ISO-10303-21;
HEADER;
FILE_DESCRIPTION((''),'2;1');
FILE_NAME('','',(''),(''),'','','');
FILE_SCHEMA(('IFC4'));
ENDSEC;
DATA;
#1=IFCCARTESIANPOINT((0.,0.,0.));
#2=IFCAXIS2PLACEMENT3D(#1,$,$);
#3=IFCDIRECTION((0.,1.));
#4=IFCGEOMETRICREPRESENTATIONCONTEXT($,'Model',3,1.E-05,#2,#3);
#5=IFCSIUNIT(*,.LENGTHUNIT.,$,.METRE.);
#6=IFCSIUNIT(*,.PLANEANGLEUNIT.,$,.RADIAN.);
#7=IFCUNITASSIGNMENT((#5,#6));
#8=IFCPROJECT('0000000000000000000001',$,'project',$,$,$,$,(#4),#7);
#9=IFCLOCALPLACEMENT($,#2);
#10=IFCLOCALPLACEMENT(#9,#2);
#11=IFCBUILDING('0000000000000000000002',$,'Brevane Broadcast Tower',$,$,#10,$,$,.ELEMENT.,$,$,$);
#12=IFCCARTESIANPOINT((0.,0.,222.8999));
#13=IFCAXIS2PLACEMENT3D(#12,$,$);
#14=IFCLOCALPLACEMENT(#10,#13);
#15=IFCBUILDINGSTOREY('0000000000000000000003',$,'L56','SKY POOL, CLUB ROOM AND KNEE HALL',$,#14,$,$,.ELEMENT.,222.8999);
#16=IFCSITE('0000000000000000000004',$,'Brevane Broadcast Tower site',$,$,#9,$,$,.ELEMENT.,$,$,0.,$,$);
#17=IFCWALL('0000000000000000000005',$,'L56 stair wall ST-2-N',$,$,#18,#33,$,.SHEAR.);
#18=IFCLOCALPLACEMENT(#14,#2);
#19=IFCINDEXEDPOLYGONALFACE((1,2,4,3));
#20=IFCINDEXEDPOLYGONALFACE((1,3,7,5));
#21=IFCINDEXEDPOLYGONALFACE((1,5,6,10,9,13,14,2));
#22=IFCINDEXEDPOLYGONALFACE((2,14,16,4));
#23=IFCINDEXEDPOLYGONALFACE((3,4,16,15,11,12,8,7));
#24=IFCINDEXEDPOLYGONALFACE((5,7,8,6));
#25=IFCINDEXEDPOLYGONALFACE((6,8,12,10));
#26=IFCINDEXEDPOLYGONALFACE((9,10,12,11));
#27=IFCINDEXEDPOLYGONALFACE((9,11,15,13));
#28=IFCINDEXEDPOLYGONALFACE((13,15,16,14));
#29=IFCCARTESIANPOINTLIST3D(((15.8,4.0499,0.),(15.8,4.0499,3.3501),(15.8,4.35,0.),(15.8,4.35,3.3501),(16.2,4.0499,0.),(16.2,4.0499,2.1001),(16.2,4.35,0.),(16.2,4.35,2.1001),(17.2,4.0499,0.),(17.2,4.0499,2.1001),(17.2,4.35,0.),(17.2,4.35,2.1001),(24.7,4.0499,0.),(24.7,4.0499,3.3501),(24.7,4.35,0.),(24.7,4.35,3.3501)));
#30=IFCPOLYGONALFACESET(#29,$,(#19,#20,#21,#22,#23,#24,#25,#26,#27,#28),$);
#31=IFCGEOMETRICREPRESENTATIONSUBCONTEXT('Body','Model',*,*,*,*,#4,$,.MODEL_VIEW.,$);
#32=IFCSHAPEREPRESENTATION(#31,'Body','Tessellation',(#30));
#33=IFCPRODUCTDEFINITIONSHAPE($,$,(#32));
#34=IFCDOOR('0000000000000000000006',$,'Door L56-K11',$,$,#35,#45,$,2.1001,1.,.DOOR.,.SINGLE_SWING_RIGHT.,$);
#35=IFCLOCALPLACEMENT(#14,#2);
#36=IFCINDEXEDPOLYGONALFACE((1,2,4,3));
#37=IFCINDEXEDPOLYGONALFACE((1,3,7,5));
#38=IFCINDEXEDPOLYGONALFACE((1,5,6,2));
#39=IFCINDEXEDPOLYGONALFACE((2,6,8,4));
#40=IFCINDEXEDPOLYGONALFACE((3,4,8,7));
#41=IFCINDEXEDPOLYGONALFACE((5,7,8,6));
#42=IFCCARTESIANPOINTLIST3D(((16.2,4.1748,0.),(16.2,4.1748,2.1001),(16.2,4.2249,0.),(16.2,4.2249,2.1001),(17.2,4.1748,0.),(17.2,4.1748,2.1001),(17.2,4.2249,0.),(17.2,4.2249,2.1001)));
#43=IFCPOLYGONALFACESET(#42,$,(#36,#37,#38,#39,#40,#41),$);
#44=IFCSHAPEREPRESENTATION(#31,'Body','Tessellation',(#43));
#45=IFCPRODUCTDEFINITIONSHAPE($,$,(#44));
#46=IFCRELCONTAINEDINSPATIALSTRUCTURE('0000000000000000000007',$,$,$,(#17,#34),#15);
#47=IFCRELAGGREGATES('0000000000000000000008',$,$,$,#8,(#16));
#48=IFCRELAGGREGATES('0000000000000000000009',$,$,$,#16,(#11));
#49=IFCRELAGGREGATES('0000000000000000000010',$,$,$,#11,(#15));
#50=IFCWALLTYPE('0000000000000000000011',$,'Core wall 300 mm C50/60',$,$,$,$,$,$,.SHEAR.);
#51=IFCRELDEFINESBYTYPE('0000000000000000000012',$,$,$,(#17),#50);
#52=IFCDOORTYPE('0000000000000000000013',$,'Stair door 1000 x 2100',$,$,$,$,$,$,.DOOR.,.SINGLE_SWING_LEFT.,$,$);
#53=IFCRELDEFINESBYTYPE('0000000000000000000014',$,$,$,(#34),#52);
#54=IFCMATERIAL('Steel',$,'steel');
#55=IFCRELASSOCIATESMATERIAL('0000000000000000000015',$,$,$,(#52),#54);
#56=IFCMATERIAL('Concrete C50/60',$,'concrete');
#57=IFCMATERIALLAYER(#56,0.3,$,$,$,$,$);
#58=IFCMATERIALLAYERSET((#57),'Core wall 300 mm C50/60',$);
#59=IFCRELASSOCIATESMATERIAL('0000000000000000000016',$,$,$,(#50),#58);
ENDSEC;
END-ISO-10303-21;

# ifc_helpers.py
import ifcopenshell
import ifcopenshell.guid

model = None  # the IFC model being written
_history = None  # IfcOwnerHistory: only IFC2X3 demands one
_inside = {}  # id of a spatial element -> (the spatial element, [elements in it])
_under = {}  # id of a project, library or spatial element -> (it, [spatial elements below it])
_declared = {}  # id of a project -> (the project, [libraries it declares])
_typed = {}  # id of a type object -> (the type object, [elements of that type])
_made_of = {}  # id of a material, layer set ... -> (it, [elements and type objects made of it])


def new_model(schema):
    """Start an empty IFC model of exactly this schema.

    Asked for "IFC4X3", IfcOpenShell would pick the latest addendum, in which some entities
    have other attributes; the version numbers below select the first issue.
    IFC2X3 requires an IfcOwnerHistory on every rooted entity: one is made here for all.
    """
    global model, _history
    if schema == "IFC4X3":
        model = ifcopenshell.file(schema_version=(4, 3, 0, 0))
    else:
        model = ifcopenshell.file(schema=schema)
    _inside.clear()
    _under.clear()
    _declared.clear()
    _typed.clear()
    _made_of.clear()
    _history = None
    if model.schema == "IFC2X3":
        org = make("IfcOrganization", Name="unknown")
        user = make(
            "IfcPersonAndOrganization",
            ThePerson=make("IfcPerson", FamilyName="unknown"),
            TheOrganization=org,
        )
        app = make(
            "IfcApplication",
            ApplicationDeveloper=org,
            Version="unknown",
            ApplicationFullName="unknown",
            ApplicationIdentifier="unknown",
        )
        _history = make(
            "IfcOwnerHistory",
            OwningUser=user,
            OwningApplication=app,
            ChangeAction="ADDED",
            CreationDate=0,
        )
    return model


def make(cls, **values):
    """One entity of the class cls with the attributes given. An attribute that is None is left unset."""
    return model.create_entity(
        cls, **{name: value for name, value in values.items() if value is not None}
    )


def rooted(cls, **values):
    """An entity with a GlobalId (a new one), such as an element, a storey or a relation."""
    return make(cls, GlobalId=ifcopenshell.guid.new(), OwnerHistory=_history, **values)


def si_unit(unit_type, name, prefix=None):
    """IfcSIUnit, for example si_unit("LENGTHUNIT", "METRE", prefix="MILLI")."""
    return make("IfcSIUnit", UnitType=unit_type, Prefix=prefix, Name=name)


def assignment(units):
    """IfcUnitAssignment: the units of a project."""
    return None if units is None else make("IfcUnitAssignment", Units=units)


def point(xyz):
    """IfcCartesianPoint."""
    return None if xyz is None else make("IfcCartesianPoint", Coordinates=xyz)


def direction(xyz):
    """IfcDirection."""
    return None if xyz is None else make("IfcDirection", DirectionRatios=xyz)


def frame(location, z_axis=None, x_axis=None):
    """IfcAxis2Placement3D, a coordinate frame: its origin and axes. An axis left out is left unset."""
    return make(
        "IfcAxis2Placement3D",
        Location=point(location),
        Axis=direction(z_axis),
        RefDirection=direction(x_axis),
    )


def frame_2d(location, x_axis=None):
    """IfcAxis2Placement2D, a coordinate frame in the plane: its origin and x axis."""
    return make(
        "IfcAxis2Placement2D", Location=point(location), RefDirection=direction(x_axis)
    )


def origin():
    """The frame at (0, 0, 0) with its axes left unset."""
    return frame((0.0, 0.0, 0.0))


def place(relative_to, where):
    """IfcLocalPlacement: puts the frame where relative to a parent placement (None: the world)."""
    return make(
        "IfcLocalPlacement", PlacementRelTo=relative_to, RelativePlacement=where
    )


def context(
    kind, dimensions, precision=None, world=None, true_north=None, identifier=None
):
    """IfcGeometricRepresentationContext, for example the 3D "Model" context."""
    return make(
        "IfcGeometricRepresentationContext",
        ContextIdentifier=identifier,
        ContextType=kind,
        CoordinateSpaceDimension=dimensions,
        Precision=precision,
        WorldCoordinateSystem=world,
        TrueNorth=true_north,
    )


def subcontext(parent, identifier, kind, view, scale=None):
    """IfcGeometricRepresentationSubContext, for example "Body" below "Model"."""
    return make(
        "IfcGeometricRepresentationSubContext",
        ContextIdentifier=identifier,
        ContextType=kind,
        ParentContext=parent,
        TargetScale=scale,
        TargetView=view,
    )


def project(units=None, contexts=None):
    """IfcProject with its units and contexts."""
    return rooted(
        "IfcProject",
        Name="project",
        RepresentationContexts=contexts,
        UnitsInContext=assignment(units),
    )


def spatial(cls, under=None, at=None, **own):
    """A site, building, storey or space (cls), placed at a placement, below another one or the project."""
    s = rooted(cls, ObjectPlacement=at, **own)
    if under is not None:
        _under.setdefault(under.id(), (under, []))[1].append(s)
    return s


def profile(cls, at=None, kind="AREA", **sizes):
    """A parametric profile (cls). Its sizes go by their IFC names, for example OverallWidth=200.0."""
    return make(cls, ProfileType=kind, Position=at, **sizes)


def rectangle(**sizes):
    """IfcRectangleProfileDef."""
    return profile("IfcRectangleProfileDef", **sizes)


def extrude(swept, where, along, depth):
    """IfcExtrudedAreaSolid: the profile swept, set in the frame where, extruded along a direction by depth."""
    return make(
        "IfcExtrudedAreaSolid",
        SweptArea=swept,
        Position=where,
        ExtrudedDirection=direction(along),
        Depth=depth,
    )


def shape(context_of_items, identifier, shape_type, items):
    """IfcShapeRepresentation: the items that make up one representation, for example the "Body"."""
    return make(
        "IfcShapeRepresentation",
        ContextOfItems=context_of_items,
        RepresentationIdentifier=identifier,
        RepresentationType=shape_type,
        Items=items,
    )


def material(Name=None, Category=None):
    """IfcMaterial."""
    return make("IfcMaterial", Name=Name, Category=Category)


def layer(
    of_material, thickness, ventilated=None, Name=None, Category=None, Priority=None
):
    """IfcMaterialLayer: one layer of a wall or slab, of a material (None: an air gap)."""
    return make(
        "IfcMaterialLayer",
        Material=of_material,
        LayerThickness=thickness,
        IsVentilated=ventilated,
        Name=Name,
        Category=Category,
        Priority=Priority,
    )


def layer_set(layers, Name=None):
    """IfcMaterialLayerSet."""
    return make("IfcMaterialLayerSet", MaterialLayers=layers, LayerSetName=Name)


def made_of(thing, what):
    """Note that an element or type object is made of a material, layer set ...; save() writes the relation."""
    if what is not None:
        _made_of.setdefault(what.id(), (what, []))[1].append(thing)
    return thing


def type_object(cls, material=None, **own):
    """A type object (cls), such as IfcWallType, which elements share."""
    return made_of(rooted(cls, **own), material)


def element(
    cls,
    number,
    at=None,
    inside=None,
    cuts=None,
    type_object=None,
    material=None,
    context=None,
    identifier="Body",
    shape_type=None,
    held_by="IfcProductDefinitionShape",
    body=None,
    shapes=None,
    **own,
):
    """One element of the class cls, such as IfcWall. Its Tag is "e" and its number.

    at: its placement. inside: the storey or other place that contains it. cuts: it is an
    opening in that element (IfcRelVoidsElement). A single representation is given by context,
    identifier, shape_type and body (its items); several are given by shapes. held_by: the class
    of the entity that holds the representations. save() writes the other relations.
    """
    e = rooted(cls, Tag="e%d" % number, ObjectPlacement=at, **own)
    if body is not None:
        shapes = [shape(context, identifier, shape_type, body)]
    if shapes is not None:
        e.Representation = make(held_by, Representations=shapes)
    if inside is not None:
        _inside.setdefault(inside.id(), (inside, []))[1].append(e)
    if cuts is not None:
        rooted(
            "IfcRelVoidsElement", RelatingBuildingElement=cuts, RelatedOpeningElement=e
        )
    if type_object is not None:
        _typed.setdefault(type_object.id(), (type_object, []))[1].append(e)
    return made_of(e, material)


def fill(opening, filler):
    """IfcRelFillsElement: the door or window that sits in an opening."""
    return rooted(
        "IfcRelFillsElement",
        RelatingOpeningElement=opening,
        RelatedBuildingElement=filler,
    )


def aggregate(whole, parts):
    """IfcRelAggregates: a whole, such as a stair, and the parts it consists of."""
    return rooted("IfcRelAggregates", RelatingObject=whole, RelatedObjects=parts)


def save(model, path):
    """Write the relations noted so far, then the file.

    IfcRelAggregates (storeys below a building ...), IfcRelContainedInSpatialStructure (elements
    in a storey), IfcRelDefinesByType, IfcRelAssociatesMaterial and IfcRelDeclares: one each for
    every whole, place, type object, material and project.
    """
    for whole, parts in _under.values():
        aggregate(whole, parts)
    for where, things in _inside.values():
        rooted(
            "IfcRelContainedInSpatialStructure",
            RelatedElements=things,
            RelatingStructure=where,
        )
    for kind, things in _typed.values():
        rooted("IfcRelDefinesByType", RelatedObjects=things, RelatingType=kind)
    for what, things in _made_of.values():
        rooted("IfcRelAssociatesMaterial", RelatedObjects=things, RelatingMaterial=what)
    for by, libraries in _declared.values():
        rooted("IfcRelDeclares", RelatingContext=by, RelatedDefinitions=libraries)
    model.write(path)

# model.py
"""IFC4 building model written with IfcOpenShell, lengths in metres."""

from ifc_helpers import new_model, si_unit, direction, frame, frame_2d, origin, place, context, subcontext, project, spatial, rectangle, extrude, material, layer, layer_set, type_object, element, fill, save


model = new_model("IFC4")

# Units and contexts
model_context = context("Model", 3, precision=1e-05, world=origin(), true_north=direction((0.0, 1.0)))
body_context = subcontext(model_context, "Body", "Model", "MODEL_VIEW")
ifc_project = project(units=[si_unit("LENGTHUNIT", "METRE"), si_unit("PLANEANGLEUNIT", "RADIAN")], contexts=[model_context])

# Site, building, storey
site_placement = place(None, origin())
site = spatial("IfcSite", under=ifc_project, at=site_placement, Name="Brevane Broadcast Tower site", CompositionType="ELEMENT", RefElevation=0.0)
building_placement = place(site_placement, origin())
building = spatial("IfcBuilding", under=site, at=building_placement, Name="Brevane Broadcast Tower", CompositionType="ELEMENT")
storey_placement = place(building_placement, frame((0.0, 0.0, 222.8999)))
storey = spatial("IfcBuildingStorey", under=building, at=storey_placement, Name="L56", Description="SKY POOL, CLUB ROOM AND KNEE HALL", CompositionType="ELEMENT", Elevation=222.8999)

# Shared definitions
ifc_material_1 = material(Name="Steel", Category="steel")

# Shared definitions
door_type_1 = type_object("IfcDoorType", Name="Stair door 1000 x 2100", OperationType="SINGLE_SWING_LEFT", PredefinedType="DOOR", material=ifc_material_1)

# Shared definitions
ifc_material_2 = material(Name="Concrete C50/60", Category="concrete")
ifc_layer_1 = layer(ifc_material_2, 0.3)
ifc_layer_set_1 = layer_set([ifc_layer_1], Name="Core wall 300 mm C50/60")
wall_type_1 = type_object("IfcWallType", Name="Core wall 300 mm C50/60", PredefinedType="SHEAR", material=ifc_layer_set_1)

# Wall, opening, door
wall_1_placement = place(storey_placement, frame((15.8, 4.2, 0.0), z_axis=(0.0, 0.0, 1.0), x_axis=(1.0, 0.0, 0.0)))
wall_1 = element("IfcWall", 1, at=wall_1_placement, inside=storey, type_object=wall_type_1, Name="L56 stair wall ST-2-N", PredefinedType="SHEAR", context=body_context, shape_type="SweptSolid", body=[
    extrude(rectangle(XDim=8.8999, YDim=0.3, at=frame_2d((4.45, 0.0))), origin(), (0.0, 0.0, 1.0), 3.3501),
])
opening_1_placement = place(wall_1_placement, frame((0.3999, 0.0, 0.0)))
opening_1 = element("IfcOpeningElement", 2, at=opening_1_placement, cuts=wall_1, PredefinedType="OPENING", context=body_context, shape_type="SweptSolid", body=[
    extrude(rectangle(XDim=1.0, YDim=2.1001, at=frame_2d((0.5, 1.05))), frame((0.0, 0.1599, 0.0), z_axis=(0.0, -1.0, 0.0), x_axis=(1.0, 0.0, 0.0)), (0.0, 0.0, 1.0), 0.3201),
])
door_1_placement = place(opening_1_placement, origin())
door_1 = element("IfcDoor", 3, at=door_1_placement, inside=storey, type_object=door_type_1, Name="Door L56-K11", OperationType="SINGLE_SWING_RIGHT", OverallHeight=2.1001, OverallWidth=1.0, PredefinedType="DOOR", context=body_context, shape_type="SweptSolid", body=[
    extrude(rectangle(XDim=1.0, YDim=2.1001, at=frame_2d((0.5, 1.05))), frame((0.0, 0.0249, 0.0), z_axis=(0.0, -1.0, 0.0), x_axis=(1.0, 0.0, 0.0)), (0.0, 0.0, 1.0), 0.05),
])
fill(opening_1, door_1)

save(model, "model.ifc")
